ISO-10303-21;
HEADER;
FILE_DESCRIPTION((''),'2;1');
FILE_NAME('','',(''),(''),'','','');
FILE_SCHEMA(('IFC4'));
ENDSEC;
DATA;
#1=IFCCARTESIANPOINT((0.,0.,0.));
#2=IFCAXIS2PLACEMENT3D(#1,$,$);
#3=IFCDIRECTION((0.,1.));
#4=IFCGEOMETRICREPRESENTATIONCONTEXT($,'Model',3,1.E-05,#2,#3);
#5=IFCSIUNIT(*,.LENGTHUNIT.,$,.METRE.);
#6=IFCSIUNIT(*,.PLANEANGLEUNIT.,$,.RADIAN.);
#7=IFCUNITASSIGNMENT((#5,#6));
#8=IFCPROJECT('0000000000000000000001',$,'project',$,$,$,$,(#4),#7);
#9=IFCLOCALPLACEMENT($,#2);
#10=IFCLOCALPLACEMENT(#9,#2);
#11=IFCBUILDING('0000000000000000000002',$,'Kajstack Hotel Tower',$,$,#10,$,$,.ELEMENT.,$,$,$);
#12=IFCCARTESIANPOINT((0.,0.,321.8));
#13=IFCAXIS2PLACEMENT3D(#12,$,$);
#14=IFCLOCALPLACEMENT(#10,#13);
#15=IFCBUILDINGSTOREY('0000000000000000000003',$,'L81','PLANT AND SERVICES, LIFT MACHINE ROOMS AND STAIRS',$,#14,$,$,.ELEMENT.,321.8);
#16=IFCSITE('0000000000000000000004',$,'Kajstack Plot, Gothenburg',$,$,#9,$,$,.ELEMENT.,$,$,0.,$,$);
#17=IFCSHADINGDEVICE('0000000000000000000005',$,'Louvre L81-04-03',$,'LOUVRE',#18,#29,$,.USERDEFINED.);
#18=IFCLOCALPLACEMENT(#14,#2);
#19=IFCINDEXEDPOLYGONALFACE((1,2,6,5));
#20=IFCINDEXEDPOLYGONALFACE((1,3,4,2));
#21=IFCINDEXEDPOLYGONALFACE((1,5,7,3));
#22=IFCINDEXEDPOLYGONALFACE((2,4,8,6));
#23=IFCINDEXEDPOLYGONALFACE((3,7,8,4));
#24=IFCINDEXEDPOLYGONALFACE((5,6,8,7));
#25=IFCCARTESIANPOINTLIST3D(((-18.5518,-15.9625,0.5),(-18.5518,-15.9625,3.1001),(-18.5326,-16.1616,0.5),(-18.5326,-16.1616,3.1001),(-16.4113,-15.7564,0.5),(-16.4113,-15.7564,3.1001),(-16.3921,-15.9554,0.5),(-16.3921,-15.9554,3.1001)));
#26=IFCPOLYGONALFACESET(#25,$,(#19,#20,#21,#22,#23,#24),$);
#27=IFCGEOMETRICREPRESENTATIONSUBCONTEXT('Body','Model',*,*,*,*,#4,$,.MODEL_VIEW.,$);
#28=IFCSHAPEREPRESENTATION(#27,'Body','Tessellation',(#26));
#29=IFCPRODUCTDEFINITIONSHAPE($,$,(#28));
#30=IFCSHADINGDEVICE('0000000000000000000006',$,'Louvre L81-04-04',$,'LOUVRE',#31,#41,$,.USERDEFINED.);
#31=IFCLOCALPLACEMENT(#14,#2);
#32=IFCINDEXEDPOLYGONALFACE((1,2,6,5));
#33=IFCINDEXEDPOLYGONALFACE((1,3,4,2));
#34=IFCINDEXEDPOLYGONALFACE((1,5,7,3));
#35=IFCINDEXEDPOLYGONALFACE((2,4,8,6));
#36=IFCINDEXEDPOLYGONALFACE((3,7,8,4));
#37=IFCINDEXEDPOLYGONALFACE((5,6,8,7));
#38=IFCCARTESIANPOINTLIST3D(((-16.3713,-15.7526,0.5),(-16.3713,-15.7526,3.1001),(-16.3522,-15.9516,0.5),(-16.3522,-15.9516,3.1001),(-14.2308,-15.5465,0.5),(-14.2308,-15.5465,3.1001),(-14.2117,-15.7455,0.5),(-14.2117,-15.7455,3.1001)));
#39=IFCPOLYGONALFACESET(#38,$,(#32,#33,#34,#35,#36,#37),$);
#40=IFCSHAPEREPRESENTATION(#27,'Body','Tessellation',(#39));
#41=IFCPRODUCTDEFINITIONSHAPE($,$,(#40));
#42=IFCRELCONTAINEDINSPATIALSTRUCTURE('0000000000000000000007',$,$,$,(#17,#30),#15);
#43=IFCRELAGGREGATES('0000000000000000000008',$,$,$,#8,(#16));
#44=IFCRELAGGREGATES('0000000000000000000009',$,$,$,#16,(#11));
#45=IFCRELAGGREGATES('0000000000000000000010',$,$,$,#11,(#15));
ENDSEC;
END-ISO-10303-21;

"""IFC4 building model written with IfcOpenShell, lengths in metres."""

from ifc_helpers import new_model, si_unit, direction, frame, origin, origin_2d, place, context, subcontext, project, spatial, rectangle, extrude, element, save


model = new_model("IFC4")

# Units and contexts
model_context = context("Model", 3, precision=1e-05, world=origin(), true_north=direction((0.0, 1.0)))
body_context = subcontext(model_context, "Body", "Model", "MODEL_VIEW")
ifc_project = project(units=[si_unit("LENGTHUNIT", "METRE"), si_unit("PLANEANGLEUNIT", "RADIAN")], contexts=[model_context])

# Site, building, storey
site_placement = place(None, origin())
site = spatial("IfcSite", under=ifc_project, at=site_placement, Name="Kajstack Plot, Gothenburg", CompositionType="ELEMENT", RefElevation=0.0)
building_placement = place(site_placement, origin())
building = spatial("IfcBuilding", under=site, at=building_placement, Name="Kajstack Hotel Tower", CompositionType="ELEMENT")
storey_placement = place(building_placement, frame((0.0, 0.0, 321.8)))
storey = spatial("IfcBuildingStorey", under=building, at=storey_placement, Name="L81", Description="PLANT AND SERVICES, LIFT MACHINE ROOMS AND STAIRS", CompositionType="ELEMENT", Elevation=321.8)

# Shading devices
for number, where, z_axis, x_axis, name in (
    (1, (-17.4719, -15.959, 0.5), (0.0, 0.0, 1.0), (0.995396, 0.095845, 0.0), "Louvre L81-04-03"),
    (2, (-15.2915, -15.749, 0.5), (0.0, 0.0, 1.0), (0.995396, 0.095845, 0.0), "Louvre L81-04-04"),
):
    element("IfcShadingDevice", number, at=place(storey_placement, frame(where, z_axis=z_axis, x_axis=x_axis)), inside=storey, Name=name, ObjectType="LOUVRE", PredefinedType="USERDEFINED", context=body_context, shape_type="SweptSolid", body=[
        extrude(rectangle(XDim=2.1504, YDim=0.2, at=origin_2d()), origin(), (0.0, 0.0, 1.0), 2.6001),
    ])

save(model, "model.ifc")
